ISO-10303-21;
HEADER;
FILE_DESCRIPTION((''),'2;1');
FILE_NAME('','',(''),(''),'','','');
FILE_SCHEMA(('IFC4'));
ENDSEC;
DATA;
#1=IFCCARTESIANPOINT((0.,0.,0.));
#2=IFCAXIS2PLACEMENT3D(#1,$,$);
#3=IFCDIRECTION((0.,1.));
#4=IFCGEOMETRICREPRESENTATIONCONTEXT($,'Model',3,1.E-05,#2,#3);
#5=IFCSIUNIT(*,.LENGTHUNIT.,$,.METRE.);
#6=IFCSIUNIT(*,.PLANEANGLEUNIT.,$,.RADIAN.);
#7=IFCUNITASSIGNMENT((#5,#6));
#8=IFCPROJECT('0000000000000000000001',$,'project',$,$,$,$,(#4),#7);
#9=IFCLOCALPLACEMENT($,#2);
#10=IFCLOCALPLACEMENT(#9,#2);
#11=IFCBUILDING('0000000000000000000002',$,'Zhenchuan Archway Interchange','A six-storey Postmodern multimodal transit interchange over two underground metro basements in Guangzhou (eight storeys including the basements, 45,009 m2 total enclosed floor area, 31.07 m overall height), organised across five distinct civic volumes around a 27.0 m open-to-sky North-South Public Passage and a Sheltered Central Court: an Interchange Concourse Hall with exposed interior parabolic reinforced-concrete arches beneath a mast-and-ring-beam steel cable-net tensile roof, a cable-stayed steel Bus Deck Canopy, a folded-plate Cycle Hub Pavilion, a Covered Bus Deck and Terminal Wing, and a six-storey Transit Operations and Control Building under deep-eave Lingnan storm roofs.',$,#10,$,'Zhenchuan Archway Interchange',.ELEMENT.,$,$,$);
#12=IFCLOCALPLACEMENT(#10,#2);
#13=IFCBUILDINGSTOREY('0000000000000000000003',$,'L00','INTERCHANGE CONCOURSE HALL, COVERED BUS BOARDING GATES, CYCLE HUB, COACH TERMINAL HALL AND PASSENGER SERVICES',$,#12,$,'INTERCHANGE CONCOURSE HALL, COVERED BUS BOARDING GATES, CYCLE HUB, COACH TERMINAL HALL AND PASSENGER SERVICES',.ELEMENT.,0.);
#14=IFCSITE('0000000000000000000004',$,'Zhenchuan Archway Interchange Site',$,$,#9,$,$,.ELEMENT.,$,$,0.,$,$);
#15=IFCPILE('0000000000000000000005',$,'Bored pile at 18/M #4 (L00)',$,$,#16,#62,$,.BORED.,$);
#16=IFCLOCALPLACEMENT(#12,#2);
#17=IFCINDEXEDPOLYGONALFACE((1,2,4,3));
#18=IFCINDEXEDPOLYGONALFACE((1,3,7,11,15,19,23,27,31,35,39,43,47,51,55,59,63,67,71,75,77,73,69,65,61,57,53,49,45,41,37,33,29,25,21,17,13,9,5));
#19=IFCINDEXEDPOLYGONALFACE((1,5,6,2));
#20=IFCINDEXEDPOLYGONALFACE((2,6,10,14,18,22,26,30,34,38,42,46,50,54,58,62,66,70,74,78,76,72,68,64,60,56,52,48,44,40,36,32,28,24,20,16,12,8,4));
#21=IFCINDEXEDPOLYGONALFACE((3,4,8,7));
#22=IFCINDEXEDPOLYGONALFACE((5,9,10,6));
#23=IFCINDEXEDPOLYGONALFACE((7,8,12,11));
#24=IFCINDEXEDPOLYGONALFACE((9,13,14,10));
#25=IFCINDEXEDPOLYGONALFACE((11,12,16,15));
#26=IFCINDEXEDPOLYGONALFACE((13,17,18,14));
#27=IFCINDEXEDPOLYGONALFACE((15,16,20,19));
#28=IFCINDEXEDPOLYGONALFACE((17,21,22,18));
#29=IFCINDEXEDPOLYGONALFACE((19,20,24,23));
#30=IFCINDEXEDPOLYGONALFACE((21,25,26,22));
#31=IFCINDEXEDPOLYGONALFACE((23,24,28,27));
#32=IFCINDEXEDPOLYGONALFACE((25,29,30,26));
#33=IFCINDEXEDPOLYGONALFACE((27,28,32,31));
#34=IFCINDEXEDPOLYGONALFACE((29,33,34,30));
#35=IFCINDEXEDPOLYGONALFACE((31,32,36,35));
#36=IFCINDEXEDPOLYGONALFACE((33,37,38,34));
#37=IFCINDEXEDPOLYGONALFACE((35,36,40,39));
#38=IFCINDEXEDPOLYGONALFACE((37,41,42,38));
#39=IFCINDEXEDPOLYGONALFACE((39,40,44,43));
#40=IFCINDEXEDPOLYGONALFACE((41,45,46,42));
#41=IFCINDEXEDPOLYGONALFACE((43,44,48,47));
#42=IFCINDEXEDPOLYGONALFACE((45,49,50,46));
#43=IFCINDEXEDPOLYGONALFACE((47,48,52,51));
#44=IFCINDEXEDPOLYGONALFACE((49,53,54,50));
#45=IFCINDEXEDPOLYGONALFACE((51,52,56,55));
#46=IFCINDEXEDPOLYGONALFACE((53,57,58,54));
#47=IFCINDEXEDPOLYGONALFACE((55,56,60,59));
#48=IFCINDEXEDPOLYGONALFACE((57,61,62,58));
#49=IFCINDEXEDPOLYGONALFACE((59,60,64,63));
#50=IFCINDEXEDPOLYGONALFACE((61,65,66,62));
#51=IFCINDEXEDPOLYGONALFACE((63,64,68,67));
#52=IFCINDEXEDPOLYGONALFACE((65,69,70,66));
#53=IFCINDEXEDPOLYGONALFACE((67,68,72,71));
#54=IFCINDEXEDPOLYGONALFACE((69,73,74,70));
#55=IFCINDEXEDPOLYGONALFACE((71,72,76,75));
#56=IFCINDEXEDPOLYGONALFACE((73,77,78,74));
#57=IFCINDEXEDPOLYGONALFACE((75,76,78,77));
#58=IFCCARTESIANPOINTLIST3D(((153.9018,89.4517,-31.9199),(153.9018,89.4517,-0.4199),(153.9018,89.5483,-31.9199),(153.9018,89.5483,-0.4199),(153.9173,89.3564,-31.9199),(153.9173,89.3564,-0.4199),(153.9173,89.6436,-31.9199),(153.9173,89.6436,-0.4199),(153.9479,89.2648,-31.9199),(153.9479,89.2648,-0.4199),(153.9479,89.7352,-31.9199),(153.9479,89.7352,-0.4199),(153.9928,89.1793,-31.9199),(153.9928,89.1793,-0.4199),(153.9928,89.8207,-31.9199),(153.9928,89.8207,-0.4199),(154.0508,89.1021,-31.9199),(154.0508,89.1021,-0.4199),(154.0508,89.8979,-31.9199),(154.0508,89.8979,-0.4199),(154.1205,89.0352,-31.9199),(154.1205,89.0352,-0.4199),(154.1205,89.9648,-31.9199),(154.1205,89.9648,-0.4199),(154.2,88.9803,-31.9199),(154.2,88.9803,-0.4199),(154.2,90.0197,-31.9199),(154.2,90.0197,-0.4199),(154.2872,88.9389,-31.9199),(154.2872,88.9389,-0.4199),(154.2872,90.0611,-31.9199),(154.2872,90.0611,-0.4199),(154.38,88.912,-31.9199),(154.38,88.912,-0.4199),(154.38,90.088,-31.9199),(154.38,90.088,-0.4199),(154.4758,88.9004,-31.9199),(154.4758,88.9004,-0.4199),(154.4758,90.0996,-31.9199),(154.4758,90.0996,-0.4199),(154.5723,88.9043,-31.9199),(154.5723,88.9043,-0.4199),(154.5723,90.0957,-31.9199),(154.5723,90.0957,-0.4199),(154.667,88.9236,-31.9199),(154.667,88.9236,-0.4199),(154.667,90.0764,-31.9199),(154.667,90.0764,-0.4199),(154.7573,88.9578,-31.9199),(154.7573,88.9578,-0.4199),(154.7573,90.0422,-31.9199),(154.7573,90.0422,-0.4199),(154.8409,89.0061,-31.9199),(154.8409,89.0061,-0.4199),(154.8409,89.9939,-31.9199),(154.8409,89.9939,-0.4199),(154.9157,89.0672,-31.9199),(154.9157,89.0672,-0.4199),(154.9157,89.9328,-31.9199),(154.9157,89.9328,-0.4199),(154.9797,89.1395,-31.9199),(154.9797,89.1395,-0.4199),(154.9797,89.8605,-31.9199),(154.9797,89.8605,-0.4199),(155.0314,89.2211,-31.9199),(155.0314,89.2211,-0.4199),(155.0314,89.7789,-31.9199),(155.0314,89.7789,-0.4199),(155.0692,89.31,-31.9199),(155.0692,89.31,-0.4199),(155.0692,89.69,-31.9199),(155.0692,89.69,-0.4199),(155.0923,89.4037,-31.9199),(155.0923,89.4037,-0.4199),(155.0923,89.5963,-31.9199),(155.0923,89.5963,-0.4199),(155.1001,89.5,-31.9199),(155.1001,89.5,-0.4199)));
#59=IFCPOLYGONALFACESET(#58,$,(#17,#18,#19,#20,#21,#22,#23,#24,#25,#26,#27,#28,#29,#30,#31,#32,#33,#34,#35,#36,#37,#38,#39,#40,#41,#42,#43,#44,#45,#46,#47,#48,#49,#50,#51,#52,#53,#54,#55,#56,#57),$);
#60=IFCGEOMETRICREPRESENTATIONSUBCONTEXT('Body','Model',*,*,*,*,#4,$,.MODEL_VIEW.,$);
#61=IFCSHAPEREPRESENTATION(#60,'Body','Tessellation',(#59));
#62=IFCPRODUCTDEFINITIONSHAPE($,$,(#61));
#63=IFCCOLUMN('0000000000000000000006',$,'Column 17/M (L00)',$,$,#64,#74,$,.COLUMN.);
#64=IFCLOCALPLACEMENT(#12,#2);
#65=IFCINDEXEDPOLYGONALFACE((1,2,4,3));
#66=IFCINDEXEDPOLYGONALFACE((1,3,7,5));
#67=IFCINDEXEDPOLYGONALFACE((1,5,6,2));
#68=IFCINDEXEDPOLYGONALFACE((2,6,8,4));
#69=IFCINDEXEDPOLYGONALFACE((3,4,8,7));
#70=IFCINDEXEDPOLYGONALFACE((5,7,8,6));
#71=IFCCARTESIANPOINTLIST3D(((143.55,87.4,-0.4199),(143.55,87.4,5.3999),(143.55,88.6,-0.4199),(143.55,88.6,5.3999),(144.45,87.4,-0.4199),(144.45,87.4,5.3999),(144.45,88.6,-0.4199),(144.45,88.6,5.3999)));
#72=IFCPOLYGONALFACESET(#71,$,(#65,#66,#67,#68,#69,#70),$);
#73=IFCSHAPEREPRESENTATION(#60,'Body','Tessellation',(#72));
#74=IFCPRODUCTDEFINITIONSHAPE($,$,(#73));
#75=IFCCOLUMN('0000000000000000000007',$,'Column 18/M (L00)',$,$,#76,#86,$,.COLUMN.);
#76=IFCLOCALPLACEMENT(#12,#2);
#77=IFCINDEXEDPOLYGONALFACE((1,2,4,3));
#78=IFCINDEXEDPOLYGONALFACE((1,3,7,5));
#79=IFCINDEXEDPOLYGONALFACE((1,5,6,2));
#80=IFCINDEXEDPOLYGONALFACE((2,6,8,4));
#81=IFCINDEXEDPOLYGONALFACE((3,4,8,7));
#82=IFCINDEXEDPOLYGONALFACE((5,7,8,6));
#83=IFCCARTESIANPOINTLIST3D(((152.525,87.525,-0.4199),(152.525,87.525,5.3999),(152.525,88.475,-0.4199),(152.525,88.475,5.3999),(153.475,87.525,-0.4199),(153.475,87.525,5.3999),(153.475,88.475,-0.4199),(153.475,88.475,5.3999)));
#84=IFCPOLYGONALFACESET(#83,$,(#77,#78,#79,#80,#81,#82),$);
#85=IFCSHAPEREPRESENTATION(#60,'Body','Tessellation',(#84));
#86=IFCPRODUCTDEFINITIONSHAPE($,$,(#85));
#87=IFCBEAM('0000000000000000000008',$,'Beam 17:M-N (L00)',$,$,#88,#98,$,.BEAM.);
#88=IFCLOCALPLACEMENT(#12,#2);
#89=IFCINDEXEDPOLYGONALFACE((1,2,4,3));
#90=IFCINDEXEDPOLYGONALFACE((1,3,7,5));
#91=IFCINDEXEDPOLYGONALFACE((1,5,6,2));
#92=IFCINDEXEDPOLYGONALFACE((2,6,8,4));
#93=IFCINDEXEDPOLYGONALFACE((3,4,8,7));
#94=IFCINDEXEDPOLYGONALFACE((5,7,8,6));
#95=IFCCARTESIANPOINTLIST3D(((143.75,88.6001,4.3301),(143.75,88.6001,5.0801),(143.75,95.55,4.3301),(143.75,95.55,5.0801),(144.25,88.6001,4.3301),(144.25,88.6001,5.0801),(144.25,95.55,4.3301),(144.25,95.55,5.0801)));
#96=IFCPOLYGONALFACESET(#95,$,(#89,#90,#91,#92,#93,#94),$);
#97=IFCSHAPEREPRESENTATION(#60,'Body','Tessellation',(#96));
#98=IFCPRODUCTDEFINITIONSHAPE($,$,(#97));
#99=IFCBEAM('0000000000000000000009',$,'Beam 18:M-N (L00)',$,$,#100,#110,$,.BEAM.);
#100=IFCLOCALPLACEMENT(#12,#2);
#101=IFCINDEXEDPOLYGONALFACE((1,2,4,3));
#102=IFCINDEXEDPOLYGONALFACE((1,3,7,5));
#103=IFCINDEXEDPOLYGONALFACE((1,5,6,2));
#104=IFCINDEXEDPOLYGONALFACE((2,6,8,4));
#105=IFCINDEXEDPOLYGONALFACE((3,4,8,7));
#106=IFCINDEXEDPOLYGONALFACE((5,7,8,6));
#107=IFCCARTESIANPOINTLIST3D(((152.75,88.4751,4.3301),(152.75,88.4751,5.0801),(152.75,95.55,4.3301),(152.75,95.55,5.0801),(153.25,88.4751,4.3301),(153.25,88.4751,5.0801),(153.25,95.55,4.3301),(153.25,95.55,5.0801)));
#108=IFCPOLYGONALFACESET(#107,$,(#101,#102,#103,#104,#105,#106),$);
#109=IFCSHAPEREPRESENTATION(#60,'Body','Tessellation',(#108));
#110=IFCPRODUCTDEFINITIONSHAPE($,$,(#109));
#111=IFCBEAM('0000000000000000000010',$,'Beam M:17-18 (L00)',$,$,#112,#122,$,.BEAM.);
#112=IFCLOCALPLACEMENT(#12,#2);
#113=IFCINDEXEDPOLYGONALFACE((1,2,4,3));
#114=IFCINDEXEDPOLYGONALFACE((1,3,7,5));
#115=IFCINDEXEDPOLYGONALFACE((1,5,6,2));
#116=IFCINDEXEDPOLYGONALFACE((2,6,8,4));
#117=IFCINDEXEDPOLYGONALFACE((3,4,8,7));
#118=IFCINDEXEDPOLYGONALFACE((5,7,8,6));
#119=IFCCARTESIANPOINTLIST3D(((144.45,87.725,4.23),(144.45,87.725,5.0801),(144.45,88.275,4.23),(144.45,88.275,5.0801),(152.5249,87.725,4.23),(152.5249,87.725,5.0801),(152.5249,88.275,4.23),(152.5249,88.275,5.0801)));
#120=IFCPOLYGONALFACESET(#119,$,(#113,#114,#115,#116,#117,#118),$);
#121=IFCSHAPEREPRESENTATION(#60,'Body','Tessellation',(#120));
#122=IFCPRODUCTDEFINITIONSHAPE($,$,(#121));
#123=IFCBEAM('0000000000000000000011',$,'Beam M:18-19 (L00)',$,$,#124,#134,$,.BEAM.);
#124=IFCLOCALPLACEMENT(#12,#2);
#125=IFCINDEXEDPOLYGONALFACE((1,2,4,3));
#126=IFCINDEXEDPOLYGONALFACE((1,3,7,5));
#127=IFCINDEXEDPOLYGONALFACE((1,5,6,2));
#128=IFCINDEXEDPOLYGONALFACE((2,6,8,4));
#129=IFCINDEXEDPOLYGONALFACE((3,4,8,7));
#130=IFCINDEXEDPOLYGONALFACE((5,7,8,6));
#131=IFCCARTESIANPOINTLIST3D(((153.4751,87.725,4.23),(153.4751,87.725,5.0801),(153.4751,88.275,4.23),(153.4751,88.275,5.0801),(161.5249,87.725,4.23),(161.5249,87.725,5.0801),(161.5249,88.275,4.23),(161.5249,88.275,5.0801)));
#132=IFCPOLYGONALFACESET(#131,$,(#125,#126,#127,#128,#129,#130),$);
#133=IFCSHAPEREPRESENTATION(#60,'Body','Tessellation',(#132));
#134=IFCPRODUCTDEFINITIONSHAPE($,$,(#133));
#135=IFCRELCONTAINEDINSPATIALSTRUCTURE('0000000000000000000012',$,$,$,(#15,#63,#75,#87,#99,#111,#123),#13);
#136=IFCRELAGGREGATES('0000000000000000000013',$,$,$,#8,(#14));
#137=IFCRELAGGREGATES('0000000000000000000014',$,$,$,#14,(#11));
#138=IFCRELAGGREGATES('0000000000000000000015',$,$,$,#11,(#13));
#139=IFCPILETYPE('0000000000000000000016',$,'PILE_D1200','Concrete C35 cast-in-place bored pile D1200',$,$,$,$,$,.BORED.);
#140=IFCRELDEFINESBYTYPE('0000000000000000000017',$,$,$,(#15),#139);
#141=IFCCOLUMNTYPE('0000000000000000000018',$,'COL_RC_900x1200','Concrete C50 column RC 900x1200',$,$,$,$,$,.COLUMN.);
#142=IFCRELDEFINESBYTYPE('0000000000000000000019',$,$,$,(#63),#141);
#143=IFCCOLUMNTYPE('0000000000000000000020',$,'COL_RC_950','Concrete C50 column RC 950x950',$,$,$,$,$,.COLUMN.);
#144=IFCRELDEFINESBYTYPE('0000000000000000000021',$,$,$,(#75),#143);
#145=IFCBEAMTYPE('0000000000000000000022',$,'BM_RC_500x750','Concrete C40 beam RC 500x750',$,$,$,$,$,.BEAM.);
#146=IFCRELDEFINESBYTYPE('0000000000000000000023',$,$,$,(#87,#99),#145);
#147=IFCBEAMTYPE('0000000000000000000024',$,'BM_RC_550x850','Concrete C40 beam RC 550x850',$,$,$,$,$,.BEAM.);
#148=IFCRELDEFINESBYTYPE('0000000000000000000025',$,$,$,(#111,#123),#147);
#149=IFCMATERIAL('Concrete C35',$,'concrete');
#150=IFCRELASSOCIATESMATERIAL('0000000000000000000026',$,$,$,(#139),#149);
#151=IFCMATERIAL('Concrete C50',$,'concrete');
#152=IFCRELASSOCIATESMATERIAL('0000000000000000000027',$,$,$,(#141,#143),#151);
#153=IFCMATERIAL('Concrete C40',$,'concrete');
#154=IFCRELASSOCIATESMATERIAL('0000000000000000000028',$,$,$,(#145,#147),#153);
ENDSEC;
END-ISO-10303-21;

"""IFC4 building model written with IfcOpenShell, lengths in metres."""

from ifc_helpers import new_model, si_unit, direction, frame, origin, origin_2d, place, context, subcontext, project, spatial, rectangle, circle, extrude, material, material_profile, profile_set, type_object, element, save


model = new_model("IFC4")

# Units and contexts
model_context = context("Model", 3, precision=1e-05, world=origin(), true_north=direction((0.0, 1.0)))
body_context = subcontext(model_context, "Body", "Model", "MODEL_VIEW")
ifc_project = project(units=[si_unit("LENGTHUNIT", "METRE"), si_unit("PLANEANGLEUNIT", "RADIAN")], contexts=[model_context])

# Site, building, storey
site_placement = place(None, origin())
site = spatial("IfcSite", under=ifc_project, at=site_placement, Name="Zhenchuan Archway Interchange Site", CompositionType="ELEMENT", RefElevation=0.0)
building_placement = place(site_placement, origin())
building = spatial("IfcBuilding", under=site, at=building_placement, Name="Zhenchuan Archway Interchange", Description="A six-storey Postmodern multimodal transit interchange over two underground metro basements in Guangzhou (eight storeys including the basements, 45,009 m2 total enclosed floor area, 31.07 m overall height), organised across five distinct civic volumes around a 27.0 m open-to-sky North-South Public Passage and a Sheltered Central Court: an Interchange Concourse Hall with exposed interior parabolic reinforced-concrete arches beneath a mast-and-ring-beam steel cable-net tensile roof, a cable-stayed steel Bus Deck Canopy, a folded-plate Cycle Hub Pavilion, a Covered Bus Deck and Terminal Wing, and a six-storey Transit Operations and Control Building under deep-eave Lingnan storm roofs.", LongName="Zhenchuan Archway Interchange", CompositionType="ELEMENT")
storey_placement = place(building_placement, origin())
storey = spatial("IfcBuildingStorey", under=building, at=storey_placement, Name="L00", Description="INTERCHANGE CONCOURSE HALL, COVERED BUS BOARDING GATES, CYCLE HUB, COACH TERMINAL HALL AND PASSENGER SERVICES", LongName="INTERCHANGE CONCOURSE HALL, COVERED BUS BOARDING GATES, CYCLE HUB, COACH TERMINAL HALL AND PASSENGER SERVICES", CompositionType="ELEMENT", Elevation=0.0)

# Shared definitions
ifc_material_1 = material(Name="Concrete C40", Category="concrete")

# Pile
ifc_material_2 = material(Name="Concrete C35", Category="concrete")
ifc_material_profile_1 = material_profile(ifc_material_2, circle(Radius=0.6001, at=origin_2d()), Name="BORED PILE 1200")
ifc_profile_set_1 = profile_set([ifc_material_profile_1], Name="Concrete C35")
pile_type_1 = type_object("IfcPileType", Name="PILE_D1200", Description="Concrete C35 cast-in-place bored pile D1200", PredefinedType="BORED", material=ifc_profile_set_1)
for number, where, z_axis, x_axis, name in (
    (1, (154.5, 89.5, -0.4199), (0.0, 0.0, -1.0), (1.0, 0.0, 0.0), "Bored pile at 18/M #4 (L00)"),
):
    element("IfcPile", number, at=place(storey_placement, frame(where, z_axis=z_axis, x_axis=x_axis)), inside=storey, type_object=pile_type_1, Name=name, PredefinedType="BORED", context=body_context, shape_type="SweptSolid", body=[
        extrude(circle(Radius=0.6001, at=origin_2d()), origin(), (0.0, 0.0, 1.0), 31.5),
    ])

# Columns
ifc_material_3 = material(Name="Concrete C50", Category="concrete")
ifc_material_profile_2 = material_profile(ifc_material_3, rectangle(XDim=0.8999, YDim=1.2, at=origin_2d()), Name="RC 900x1200")
ifc_profile_set_2 = profile_set([ifc_material_profile_2], Name="Concrete C50")
column_type_1 = type_object("IfcColumnType", Name="COL_RC_900x1200", Description="Concrete C50 column RC 900x1200", PredefinedType="COLUMN", material=ifc_profile_set_2)
column_1_placement = place(storey_placement, frame((144.0, 88.0, -0.4199), z_axis=(0.0, 0.0, 1.0), x_axis=(1.0, 0.0, 0.0)))
element("IfcColumn", 2, at=column_1_placement, inside=storey, type_object=column_type_1, Name="Column 17/M (L00)", PredefinedType="COLUMN", context=body_context, shape_type="SweptSolid", body=[
    extrude(rectangle(XDim=0.8999, YDim=1.2, at=origin_2d()), origin(), (0.0, 0.0, 1.0), 5.8198),
])
ifc_material_profile_3 = material_profile(ifc_material_3, rectangle(XDim=0.95, YDim=0.95, at=origin_2d()), Name="RC 950x950")
ifc_profile_set_3 = profile_set([ifc_material_profile_3], Name="Concrete C50")
column_type_2 = type_object("IfcColumnType", Name="COL_RC_950", Description="Concrete C50 column RC 950x950", PredefinedType="COLUMN", material=ifc_profile_set_3)
column_2_placement = place(storey_placement, frame((153.0, 88.0, -0.4199), z_axis=(0.0, 0.0, 1.0), x_axis=(1.0, 0.0, 0.0)))
element("IfcColumn", 3, at=column_2_placement, inside=storey, type_object=column_type_2, Name="Column 18/M (L00)", PredefinedType="COLUMN", context=body_context, shape_type="SweptSolid", body=[
    extrude(rectangle(XDim=0.95, YDim=0.95, at=origin_2d()), origin(), (0.0, 0.0, 1.0), 5.8198),
])

# Beams
ifc_material_profile_4 = material_profile(ifc_material_1, rectangle(XDim=0.5, YDim=0.75, at=origin_2d()), Name="RC 500x750")
ifc_profile_set_4 = profile_set([ifc_material_profile_4], Name="Concrete C40")
beam_type_1 = type_object("IfcBeamType", Name="BM_RC_500x750", Description="Concrete C40 beam RC 500x750", PredefinedType="BEAM", material=ifc_profile_set_4)
beam_1_placement = place(storey_placement, frame((144.0, 88.6001, 4.7051), z_axis=(0.0, 1.0, 0.0), x_axis=(-1.0, 0.0, 0.0)))
element("IfcBeam", 4, at=beam_1_placement, inside=storey, type_object=beam_type_1, Name="Beam 17:M-N (L00)", PredefinedType="BEAM", context=body_context, shape_type="SweptSolid", body=[
    extrude(rectangle(XDim=0.5, YDim=0.75, at=origin_2d()), origin(), (0.0, 0.0, 1.0), 6.95),
])
beam_2_placement = place(storey_placement, frame((153.0, 88.4751, 4.7051), z_axis=(0.0, 1.0, 0.0), x_axis=(-1.0, 0.0, 0.0)))
element("IfcBeam", 5, at=beam_2_placement, inside=storey, type_object=beam_type_1, Name="Beam 18:M-N (L00)", PredefinedType="BEAM", context=body_context, shape_type="SweptSolid", body=[
    extrude(rectangle(XDim=0.5, YDim=0.75, at=origin_2d()), origin(), (0.0, 0.0, 1.0), 7.075),
])
ifc_material_profile_5 = material_profile(ifc_material_1, rectangle(XDim=0.55, YDim=0.8501, at=origin_2d()), Name="RC 550x850")
ifc_profile_set_5 = profile_set([ifc_material_profile_5], Name="Concrete C40")
beam_type_2 = type_object("IfcBeamType", Name="BM_RC_550x850", Description="Concrete C40 beam RC 550x850", PredefinedType="BEAM", material=ifc_profile_set_5)
beam_3_placement = place(storey_placement, frame((144.45, 88.0, 4.655), z_axis=(1.0, 0.0, 0.0), x_axis=(0.0, 1.0, 0.0)))
element("IfcBeam", 6, at=beam_3_placement, inside=storey, type_object=beam_type_2, Name="Beam M:17-18 (L00)", PredefinedType="BEAM", context=body_context, shape_type="SweptSolid", body=[
    extrude(rectangle(XDim=0.55, YDim=0.8501, at=origin_2d()), origin(), (0.0, 0.0, 1.0), 8.075),
])
beam_4_placement = place(storey_placement, frame((153.4751, 88.0, 4.655), z_axis=(1.0, 0.0, 0.0), x_axis=(0.0, 1.0, 0.0)))
element("IfcBeam", 7, at=beam_4_placement, inside=storey, type_object=beam_type_2, Name="Beam M:18-19 (L00)", PredefinedType="BEAM", context=body_context, shape_type="SweptSolid", body=[
    extrude(rectangle(XDim=0.55, YDim=0.8501, at=origin_2d()), origin(), (0.0, 0.0, 1.0), 8.0498),
])

save(model, "model.ifc")
